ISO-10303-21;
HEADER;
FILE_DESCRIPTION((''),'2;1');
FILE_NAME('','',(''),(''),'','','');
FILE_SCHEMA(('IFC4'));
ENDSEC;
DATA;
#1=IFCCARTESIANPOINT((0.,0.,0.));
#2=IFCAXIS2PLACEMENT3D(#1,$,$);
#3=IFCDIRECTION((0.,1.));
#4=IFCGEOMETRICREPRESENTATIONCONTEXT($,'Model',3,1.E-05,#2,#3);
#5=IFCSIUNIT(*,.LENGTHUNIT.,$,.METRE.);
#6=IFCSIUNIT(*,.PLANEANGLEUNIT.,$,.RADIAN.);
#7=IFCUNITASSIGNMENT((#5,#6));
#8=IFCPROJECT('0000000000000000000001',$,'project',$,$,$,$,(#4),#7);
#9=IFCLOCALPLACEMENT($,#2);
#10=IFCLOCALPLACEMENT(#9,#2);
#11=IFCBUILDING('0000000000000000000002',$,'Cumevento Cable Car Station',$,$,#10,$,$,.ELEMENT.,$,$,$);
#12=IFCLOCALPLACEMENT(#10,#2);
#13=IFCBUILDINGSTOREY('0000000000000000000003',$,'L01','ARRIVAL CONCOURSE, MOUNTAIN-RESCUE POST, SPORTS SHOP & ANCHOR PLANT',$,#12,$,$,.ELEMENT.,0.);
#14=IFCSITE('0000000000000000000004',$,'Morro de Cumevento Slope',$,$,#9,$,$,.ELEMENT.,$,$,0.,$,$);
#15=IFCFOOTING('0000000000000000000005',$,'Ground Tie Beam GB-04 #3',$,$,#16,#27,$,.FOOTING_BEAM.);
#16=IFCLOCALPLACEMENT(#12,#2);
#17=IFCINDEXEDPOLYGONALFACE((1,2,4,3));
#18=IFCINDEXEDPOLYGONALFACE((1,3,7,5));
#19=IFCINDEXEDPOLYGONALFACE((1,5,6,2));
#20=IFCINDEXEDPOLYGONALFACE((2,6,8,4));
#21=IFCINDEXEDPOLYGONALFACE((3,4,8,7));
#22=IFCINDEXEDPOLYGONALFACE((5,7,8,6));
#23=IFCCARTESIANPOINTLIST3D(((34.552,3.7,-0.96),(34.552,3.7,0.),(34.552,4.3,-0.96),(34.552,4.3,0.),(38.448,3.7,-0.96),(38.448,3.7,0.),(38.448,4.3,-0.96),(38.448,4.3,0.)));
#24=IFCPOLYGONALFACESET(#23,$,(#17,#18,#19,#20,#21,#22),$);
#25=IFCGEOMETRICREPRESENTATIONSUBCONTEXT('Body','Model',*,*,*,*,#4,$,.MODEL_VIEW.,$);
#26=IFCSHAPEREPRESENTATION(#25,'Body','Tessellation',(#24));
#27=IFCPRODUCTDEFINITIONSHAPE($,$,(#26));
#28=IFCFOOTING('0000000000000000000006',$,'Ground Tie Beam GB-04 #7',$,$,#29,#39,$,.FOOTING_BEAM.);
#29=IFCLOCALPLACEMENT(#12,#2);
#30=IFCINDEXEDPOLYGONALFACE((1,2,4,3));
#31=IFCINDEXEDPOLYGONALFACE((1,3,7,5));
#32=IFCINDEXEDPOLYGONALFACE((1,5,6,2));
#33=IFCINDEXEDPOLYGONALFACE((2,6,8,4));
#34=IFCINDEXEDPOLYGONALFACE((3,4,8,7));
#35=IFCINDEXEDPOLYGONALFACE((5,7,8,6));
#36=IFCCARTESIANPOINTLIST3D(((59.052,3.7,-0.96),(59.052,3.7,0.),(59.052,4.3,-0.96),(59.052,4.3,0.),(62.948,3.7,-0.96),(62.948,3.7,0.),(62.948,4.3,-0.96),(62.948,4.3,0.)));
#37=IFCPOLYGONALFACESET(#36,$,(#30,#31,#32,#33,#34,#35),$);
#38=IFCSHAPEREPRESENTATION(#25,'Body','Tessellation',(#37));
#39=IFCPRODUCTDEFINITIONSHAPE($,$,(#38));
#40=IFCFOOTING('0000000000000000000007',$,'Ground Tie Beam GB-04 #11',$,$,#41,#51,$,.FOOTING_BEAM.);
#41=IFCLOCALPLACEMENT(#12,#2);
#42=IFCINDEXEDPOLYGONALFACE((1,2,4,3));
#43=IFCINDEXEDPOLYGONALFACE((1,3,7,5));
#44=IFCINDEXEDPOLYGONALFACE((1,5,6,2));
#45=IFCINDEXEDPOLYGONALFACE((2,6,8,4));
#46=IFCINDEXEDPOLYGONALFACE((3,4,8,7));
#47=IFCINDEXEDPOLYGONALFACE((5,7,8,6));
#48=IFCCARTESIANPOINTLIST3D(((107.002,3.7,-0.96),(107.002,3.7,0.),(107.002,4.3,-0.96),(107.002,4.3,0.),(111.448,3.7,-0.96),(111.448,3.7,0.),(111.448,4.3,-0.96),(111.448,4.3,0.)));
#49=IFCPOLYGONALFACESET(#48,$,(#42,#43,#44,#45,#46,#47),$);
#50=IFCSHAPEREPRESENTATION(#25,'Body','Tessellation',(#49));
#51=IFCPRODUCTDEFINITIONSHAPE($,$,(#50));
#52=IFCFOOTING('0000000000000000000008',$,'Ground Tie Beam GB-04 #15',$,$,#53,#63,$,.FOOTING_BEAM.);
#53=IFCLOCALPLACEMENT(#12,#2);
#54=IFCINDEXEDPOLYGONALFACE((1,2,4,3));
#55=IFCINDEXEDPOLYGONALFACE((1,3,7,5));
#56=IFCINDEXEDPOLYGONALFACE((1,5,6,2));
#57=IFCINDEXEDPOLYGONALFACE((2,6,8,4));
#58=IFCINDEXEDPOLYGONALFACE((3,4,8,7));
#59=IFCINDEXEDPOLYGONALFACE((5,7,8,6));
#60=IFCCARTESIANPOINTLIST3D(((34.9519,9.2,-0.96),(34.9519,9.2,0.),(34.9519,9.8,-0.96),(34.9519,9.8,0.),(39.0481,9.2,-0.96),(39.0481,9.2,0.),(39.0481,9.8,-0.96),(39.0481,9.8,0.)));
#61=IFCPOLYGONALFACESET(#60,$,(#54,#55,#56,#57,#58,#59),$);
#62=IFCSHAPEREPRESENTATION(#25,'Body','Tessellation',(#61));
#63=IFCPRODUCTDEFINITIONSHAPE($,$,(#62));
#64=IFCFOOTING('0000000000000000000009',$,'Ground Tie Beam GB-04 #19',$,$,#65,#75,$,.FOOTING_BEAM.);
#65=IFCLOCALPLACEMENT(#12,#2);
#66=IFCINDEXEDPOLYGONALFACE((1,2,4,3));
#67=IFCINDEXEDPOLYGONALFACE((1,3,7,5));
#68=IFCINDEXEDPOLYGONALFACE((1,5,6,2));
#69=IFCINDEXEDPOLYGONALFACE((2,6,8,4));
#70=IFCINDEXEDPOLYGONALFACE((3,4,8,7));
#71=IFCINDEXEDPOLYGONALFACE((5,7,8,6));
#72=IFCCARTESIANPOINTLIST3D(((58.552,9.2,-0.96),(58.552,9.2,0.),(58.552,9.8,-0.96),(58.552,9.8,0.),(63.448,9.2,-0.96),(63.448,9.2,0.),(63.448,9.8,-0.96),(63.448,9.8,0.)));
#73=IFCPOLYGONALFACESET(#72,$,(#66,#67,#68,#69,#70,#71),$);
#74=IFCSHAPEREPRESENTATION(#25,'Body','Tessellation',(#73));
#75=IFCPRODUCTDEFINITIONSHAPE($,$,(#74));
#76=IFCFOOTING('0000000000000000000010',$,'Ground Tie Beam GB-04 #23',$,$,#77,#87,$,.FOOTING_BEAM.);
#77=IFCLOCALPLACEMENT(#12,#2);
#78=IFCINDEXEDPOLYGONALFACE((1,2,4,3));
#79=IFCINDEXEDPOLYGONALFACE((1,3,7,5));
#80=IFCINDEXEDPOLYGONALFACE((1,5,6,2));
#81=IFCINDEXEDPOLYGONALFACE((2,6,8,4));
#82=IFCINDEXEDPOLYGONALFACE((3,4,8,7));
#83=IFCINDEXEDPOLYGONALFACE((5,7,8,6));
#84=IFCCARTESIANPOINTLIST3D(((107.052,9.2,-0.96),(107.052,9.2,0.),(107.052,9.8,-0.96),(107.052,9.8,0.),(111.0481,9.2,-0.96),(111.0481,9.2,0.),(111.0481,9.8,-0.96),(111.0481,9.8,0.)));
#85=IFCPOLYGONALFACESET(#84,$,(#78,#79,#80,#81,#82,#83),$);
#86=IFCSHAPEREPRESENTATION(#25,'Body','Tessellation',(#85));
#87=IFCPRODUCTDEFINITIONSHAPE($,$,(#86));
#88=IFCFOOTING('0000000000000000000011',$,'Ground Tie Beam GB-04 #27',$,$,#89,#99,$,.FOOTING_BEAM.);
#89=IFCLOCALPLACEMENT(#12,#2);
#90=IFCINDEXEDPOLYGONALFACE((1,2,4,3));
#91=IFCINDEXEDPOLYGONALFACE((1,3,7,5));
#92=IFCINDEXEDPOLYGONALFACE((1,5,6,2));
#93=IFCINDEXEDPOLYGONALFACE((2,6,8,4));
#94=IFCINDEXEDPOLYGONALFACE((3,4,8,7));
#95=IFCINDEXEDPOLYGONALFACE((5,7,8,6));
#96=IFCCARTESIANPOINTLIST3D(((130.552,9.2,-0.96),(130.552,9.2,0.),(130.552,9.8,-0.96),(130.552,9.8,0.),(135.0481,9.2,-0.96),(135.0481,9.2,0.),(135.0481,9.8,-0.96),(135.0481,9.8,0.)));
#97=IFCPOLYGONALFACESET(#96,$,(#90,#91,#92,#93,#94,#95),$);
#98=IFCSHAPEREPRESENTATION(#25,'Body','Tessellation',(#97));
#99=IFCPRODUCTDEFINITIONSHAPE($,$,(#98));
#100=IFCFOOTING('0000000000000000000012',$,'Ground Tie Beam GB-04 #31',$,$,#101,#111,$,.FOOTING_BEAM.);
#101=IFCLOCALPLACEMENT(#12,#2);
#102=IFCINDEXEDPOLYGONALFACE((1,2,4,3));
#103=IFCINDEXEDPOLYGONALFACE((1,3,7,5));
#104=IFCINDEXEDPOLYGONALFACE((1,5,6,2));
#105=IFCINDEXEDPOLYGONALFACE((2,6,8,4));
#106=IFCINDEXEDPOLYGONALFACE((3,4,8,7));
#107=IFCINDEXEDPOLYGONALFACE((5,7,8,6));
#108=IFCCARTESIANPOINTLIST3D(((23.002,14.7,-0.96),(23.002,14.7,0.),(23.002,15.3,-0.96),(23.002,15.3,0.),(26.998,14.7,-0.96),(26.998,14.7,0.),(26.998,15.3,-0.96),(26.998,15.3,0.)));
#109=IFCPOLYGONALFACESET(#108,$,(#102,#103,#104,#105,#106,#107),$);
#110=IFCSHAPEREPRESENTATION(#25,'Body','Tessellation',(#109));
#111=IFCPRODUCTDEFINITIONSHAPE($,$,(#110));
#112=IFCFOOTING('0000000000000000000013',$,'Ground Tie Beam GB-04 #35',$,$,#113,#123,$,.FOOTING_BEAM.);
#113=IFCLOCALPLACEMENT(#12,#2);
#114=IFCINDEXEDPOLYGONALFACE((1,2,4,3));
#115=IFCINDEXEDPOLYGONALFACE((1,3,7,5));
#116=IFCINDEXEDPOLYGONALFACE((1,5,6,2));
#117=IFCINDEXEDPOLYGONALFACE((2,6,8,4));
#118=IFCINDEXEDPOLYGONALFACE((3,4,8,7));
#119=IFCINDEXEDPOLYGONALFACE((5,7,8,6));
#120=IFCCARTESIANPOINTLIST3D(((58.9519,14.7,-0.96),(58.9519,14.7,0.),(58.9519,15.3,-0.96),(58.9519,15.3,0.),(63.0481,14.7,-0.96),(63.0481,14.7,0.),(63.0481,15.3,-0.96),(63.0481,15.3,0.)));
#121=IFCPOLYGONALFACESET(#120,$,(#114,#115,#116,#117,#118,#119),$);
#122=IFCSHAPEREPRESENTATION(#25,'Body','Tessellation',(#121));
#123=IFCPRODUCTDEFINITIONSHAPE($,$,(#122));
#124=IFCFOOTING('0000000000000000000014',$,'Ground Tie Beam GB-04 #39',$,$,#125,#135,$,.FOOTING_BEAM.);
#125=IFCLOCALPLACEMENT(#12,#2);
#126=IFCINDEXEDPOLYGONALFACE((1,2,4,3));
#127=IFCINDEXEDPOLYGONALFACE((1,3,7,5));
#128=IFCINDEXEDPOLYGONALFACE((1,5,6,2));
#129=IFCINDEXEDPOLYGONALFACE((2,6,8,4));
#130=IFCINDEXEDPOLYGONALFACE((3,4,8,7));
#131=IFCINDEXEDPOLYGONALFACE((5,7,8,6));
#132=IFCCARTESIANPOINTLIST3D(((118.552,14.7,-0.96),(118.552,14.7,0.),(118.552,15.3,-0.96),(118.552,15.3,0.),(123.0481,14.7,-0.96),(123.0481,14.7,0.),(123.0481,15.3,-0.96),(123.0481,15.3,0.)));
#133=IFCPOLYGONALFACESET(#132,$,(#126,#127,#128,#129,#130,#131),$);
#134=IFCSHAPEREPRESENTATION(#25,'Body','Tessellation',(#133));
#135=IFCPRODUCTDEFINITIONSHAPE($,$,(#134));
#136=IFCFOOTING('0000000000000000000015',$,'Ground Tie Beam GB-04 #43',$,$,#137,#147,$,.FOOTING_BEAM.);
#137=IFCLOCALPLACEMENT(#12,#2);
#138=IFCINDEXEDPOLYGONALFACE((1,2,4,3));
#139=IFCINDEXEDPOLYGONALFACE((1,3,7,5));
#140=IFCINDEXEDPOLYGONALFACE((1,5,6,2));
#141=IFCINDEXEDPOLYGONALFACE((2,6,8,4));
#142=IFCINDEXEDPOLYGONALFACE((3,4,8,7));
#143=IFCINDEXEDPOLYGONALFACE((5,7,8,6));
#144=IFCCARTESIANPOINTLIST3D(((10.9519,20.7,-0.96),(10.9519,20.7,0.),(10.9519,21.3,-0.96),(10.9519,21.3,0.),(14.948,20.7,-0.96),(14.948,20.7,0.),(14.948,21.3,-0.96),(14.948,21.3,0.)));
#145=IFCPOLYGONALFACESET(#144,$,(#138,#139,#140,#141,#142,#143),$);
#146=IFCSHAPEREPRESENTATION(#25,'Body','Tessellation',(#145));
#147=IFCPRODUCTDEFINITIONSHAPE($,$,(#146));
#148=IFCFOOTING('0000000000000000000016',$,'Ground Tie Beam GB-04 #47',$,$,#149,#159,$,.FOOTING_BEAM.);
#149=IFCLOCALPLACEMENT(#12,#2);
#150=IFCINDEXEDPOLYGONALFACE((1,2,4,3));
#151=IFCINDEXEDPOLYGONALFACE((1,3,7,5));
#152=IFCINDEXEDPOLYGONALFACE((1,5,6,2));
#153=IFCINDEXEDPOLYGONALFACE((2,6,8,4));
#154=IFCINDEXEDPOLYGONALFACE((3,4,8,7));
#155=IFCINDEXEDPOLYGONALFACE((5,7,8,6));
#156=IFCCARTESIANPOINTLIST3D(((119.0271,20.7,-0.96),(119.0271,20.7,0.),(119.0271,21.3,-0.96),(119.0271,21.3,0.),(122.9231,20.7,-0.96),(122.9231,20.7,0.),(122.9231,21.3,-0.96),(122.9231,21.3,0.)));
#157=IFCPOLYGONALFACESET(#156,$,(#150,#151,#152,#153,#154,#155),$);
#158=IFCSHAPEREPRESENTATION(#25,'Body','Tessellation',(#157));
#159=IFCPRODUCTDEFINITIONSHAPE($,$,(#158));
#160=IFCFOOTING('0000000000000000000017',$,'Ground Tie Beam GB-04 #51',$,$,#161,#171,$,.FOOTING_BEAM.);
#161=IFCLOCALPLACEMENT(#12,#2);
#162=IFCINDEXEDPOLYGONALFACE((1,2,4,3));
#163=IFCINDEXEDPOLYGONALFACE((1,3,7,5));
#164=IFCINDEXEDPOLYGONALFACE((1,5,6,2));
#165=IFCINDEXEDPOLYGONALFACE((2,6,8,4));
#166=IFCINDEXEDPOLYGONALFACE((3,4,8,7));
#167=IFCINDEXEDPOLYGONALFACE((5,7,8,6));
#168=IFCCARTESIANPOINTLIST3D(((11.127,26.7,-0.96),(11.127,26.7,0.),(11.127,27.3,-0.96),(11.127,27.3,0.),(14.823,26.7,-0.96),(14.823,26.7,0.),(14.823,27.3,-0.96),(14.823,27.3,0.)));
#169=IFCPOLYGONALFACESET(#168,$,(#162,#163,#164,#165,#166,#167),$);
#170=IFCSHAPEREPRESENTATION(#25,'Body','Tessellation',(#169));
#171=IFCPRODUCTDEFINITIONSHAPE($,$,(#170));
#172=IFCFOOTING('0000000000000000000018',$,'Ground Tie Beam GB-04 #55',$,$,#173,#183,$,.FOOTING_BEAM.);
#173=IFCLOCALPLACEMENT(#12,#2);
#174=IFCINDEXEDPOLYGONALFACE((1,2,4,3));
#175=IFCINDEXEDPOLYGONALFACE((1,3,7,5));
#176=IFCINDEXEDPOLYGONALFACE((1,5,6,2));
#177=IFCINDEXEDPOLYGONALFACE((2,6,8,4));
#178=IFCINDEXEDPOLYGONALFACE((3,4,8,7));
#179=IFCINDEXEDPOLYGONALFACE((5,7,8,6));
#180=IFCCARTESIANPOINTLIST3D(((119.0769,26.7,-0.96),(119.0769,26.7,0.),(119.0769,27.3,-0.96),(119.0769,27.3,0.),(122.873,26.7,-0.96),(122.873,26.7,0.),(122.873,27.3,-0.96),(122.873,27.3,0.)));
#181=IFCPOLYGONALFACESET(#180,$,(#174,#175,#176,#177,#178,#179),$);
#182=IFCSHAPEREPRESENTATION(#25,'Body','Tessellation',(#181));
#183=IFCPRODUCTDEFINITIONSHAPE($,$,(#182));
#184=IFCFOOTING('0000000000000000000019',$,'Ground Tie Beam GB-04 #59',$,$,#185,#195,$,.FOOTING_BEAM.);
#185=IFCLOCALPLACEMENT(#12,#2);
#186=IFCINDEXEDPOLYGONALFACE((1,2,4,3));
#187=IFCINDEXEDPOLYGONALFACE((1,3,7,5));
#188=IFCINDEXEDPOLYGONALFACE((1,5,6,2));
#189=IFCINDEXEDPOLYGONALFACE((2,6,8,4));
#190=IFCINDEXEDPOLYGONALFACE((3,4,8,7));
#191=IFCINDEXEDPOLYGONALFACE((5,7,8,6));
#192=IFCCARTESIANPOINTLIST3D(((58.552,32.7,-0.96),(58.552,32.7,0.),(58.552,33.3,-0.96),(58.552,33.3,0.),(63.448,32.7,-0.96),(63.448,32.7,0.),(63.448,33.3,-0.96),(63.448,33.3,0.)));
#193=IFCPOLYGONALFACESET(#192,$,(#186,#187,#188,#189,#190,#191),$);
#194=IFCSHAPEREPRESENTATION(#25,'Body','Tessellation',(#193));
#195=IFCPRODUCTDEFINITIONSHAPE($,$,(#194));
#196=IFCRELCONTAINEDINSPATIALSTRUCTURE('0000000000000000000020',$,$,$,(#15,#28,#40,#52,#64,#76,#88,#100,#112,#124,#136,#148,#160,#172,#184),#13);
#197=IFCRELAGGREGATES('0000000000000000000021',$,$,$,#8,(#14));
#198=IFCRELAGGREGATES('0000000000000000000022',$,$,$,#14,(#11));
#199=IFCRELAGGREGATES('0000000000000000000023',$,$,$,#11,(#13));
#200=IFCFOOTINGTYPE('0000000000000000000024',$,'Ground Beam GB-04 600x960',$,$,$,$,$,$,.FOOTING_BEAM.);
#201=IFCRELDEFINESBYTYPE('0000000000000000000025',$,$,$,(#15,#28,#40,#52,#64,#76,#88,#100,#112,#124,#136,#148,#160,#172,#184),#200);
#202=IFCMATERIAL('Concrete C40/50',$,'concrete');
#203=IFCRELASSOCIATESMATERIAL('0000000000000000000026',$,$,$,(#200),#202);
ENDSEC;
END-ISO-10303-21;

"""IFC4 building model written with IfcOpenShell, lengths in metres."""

from ifc_helpers import new_model, si_unit, direction, frame, origin, place, context, subcontext, project, spatial, polyline, outline, extrude, material, type_object, element, save


model = new_model("IFC4")

# Units and contexts
model_context = context("Model", 3, precision=1e-05, world=origin(), true_north=direction((0.0, 1.0)))
body_context = subcontext(model_context, "Body", "Model", "MODEL_VIEW")
ifc_project = project(units=[si_unit("LENGTHUNIT", "METRE"), si_unit("PLANEANGLEUNIT", "RADIAN")], contexts=[model_context])

# Site, building, storey
site_placement = place(None, origin())
site = spatial("IfcSite", under=ifc_project, at=site_placement, Name="Morro de Cumevento Slope", CompositionType="ELEMENT", RefElevation=0.0)
building_placement = place(site_placement, origin())
building = spatial("IfcBuilding", under=site, at=building_placement, Name="Cumevento Cable Car Station", CompositionType="ELEMENT")
storey_placement = place(building_placement, origin())
storey = spatial("IfcBuildingStorey", under=building, at=storey_placement, Name="L01", Description="ARRIVAL CONCOURSE, MOUNTAIN-RESCUE POST, SPORTS SHOP & ANCHOR PLANT", CompositionType="ELEMENT", Elevation=0.0)

# Footings
ifc_material_1 = material(Name="Concrete C40/50", Category="concrete")
footing_type_1 = type_object("IfcFootingType", Name="Ground Beam GB-04 600x960", PredefinedType="FOOTING_BEAM", material=ifc_material_1)
footing_1_placement = place(storey_placement, frame((0.0, 0.0, -0.96)))
element("IfcFooting", 1, at=footing_1_placement, inside=storey, type_object=footing_type_1, Name="Ground Tie Beam GB-04 #3", PredefinedType="FOOTING_BEAM", context=body_context, shape_type="SweptSolid", body=[
    extrude(outline(polyline([(34.552, 3.7), (38.448, 3.7), (38.448, 4.3), (34.552, 4.3), (34.552, 3.7)])), origin(), (0.0, 0.0, 1.0), 0.96),
])
footing_2_placement = place(storey_placement, frame((0.0, 0.0, -0.96)))
element("IfcFooting", 2, at=footing_2_placement, inside=storey, type_object=footing_type_1, Name="Ground Tie Beam GB-04 #7", PredefinedType="FOOTING_BEAM", context=body_context, shape_type="SweptSolid", body=[
    extrude(outline(polyline([(59.052, 3.7), (62.948, 3.7), (62.948, 4.3), (59.052, 4.3), (59.052, 3.7)])), origin(), (0.0, 0.0, 1.0), 0.96),
])
footing_3_placement = place(storey_placement, frame((0.0, 0.0, -0.96)))
element("IfcFooting", 3, at=footing_3_placement, inside=storey, type_object=footing_type_1, Name="Ground Tie Beam GB-04 #11", PredefinedType="FOOTING_BEAM", context=body_context, shape_type="SweptSolid", body=[
    extrude(outline(polyline([(107.002, 3.7), (111.448, 3.7), (111.448, 4.3), (107.002, 4.3), (107.002, 3.7)])), origin(), (0.0, 0.0, 1.0), 0.96),
])
footing_4_placement = place(storey_placement, frame((0.0, 0.0, -0.96)))
element("IfcFooting", 4, at=footing_4_placement, inside=storey, type_object=footing_type_1, Name="Ground Tie Beam GB-04 #15", PredefinedType="FOOTING_BEAM", context=body_context, shape_type="SweptSolid", body=[
    extrude(outline(polyline([(34.9519, 9.2), (39.0481, 9.2), (39.0481, 9.8), (34.9519, 9.8), (34.9519, 9.2)])), origin(), (0.0, 0.0, 1.0), 0.96),
])
footing_5_placement = place(storey_placement, frame((0.0, 0.0, -0.96)))
element("IfcFooting", 5, at=footing_5_placement, inside=storey, type_object=footing_type_1, Name="Ground Tie Beam GB-04 #19", PredefinedType="FOOTING_BEAM", context=body_context, shape_type="SweptSolid", body=[
    extrude(outline(polyline([(58.552, 9.2), (63.448, 9.2), (63.448, 9.8), (58.552, 9.8), (58.552, 9.2)])), origin(), (0.0, 0.0, 1.0), 0.96),
])
footing_6_placement = place(storey_placement, frame((0.0, 0.0, -0.96)))
element("IfcFooting", 6, at=footing_6_placement, inside=storey, type_object=footing_type_1, Name="Ground Tie Beam GB-04 #23", PredefinedType="FOOTING_BEAM", context=body_context, shape_type="SweptSolid", body=[
    extrude(outline(polyline([(107.052, 9.2), (111.0481, 9.2), (111.0481, 9.8), (107.052, 9.8), (107.052, 9.2)])), origin(), (0.0, 0.0, 1.0), 0.96),
])
footing_7_placement = place(storey_placement, frame((0.0, 0.0, -0.96)))
element("IfcFooting", 7, at=footing_7_placement, inside=storey, type_object=footing_type_1, Name="Ground Tie Beam GB-04 #27", PredefinedType="FOOTING_BEAM", context=body_context, shape_type="SweptSolid", body=[
    extrude(outline(polyline([(130.552, 9.2), (135.0481, 9.2), (135.0481, 9.8), (130.552, 9.8), (130.552, 9.2)])), origin(), (0.0, 0.0, 1.0), 0.96),
])
footing_8_placement = place(storey_placement, frame((0.0, 0.0, -0.96)))
element("IfcFooting", 8, at=footing_8_placement, inside=storey, type_object=footing_type_1, Name="Ground Tie Beam GB-04 #31", PredefinedType="FOOTING_BEAM", context=body_context, shape_type="SweptSolid", body=[
    extrude(outline(polyline([(23.002, 14.7), (26.998, 14.7), (26.998, 15.3), (23.002, 15.3), (23.002, 14.7)])), origin(), (0.0, 0.0, 1.0), 0.96),
])
footing_9_placement = place(storey_placement, frame((0.0, 0.0, -0.96)))
element("IfcFooting", 9, at=footing_9_placement, inside=storey, type_object=footing_type_1, Name="Ground Tie Beam GB-04 #35", PredefinedType="FOOTING_BEAM", context=body_context, shape_type="SweptSolid", body=[
    extrude(outline(polyline([(58.9519, 14.7), (63.0481, 14.7), (63.0481, 15.3), (58.9519, 15.3), (58.9519, 14.7)])), origin(), (0.0, 0.0, 1.0), 0.96),
])
footing_10_placement = place(storey_placement, frame((0.0, 0.0, -0.96)))
element("IfcFooting", 10, at=footing_10_placement, inside=storey, type_object=footing_type_1, Name="Ground Tie Beam GB-04 #39", PredefinedType="FOOTING_BEAM", context=body_context, shape_type="SweptSolid", body=[
    extrude(outline(polyline([(118.552, 14.7), (123.0481, 14.7), (123.0481, 15.3), (118.552, 15.3), (118.552, 14.7)])), origin(), (0.0, 0.0, 1.0), 0.96),
])
footing_11_placement = place(storey_placement, frame((0.0, 0.0, -0.96)))
element("IfcFooting", 11, at=footing_11_placement, inside=storey, type_object=footing_type_1, Name="Ground Tie Beam GB-04 #43", PredefinedType="FOOTING_BEAM", context=body_context, shape_type="SweptSolid", body=[
    extrude(outline(polyline([(10.9519, 20.7), (14.948, 20.7), (14.948, 21.3), (10.9519, 21.3), (10.9519, 20.7)])), origin(), (0.0, 0.0, 1.0), 0.96),
])
footing_12_placement = place(storey_placement, frame((0.0, 0.0, -0.96)))
element("IfcFooting", 12, at=footing_12_placement, inside=storey, type_object=footing_type_1, Name="Ground Tie Beam GB-04 #47", PredefinedType="FOOTING_BEAM", context=body_context, shape_type="SweptSolid", body=[
    extrude(outline(polyline([(119.0271, 20.7), (122.9231, 20.7), (122.9231, 21.3), (119.0271, 21.3), (119.0271, 20.7)])), origin(), (0.0, 0.0, 1.0), 0.96),
])
footing_13_placement = place(storey_placement, frame((0.0, 0.0, -0.96)))
element("IfcFooting", 13, at=footing_13_placement, inside=storey, type_object=footing_type_1, Name="Ground Tie Beam GB-04 #51", PredefinedType="FOOTING_BEAM", context=body_context, shape_type="SweptSolid", body=[
    extrude(outline(polyline([(11.127, 26.7), (14.823, 26.7), (14.823, 27.3), (11.127, 27.3), (11.127, 26.7)])), origin(), (0.0, 0.0, 1.0), 0.96),
])
footing_14_placement = place(storey_placement, frame((0.0, 0.0, -0.96)))
element("IfcFooting", 14, at=footing_14_placement, inside=storey, type_object=footing_type_1, Name="Ground Tie Beam GB-04 #55", PredefinedType="FOOTING_BEAM", context=body_context, shape_type="SweptSolid", body=[
    extrude(outline(polyline([(119.0769, 26.7), (122.873, 26.7), (122.873, 27.3), (119.0769, 27.3), (119.0769, 26.7)])), origin(), (0.0, 0.0, 1.0), 0.96),
])
footing_15_placement = place(storey_placement, frame((0.0, 0.0, -0.96)))
element("IfcFooting", 15, at=footing_15_placement, inside=storey, type_object=footing_type_1, Name="Ground Tie Beam GB-04 #59", PredefinedType="FOOTING_BEAM", context=body_context, shape_type="SweptSolid", body=[
    extrude(outline(polyline([(58.552, 32.7), (63.448, 32.7), (63.448, 33.3), (58.552, 33.3), (58.552, 32.7)])), origin(), (0.0, 0.0, 1.0), 0.96),
])

save(model, "model.ifc")
